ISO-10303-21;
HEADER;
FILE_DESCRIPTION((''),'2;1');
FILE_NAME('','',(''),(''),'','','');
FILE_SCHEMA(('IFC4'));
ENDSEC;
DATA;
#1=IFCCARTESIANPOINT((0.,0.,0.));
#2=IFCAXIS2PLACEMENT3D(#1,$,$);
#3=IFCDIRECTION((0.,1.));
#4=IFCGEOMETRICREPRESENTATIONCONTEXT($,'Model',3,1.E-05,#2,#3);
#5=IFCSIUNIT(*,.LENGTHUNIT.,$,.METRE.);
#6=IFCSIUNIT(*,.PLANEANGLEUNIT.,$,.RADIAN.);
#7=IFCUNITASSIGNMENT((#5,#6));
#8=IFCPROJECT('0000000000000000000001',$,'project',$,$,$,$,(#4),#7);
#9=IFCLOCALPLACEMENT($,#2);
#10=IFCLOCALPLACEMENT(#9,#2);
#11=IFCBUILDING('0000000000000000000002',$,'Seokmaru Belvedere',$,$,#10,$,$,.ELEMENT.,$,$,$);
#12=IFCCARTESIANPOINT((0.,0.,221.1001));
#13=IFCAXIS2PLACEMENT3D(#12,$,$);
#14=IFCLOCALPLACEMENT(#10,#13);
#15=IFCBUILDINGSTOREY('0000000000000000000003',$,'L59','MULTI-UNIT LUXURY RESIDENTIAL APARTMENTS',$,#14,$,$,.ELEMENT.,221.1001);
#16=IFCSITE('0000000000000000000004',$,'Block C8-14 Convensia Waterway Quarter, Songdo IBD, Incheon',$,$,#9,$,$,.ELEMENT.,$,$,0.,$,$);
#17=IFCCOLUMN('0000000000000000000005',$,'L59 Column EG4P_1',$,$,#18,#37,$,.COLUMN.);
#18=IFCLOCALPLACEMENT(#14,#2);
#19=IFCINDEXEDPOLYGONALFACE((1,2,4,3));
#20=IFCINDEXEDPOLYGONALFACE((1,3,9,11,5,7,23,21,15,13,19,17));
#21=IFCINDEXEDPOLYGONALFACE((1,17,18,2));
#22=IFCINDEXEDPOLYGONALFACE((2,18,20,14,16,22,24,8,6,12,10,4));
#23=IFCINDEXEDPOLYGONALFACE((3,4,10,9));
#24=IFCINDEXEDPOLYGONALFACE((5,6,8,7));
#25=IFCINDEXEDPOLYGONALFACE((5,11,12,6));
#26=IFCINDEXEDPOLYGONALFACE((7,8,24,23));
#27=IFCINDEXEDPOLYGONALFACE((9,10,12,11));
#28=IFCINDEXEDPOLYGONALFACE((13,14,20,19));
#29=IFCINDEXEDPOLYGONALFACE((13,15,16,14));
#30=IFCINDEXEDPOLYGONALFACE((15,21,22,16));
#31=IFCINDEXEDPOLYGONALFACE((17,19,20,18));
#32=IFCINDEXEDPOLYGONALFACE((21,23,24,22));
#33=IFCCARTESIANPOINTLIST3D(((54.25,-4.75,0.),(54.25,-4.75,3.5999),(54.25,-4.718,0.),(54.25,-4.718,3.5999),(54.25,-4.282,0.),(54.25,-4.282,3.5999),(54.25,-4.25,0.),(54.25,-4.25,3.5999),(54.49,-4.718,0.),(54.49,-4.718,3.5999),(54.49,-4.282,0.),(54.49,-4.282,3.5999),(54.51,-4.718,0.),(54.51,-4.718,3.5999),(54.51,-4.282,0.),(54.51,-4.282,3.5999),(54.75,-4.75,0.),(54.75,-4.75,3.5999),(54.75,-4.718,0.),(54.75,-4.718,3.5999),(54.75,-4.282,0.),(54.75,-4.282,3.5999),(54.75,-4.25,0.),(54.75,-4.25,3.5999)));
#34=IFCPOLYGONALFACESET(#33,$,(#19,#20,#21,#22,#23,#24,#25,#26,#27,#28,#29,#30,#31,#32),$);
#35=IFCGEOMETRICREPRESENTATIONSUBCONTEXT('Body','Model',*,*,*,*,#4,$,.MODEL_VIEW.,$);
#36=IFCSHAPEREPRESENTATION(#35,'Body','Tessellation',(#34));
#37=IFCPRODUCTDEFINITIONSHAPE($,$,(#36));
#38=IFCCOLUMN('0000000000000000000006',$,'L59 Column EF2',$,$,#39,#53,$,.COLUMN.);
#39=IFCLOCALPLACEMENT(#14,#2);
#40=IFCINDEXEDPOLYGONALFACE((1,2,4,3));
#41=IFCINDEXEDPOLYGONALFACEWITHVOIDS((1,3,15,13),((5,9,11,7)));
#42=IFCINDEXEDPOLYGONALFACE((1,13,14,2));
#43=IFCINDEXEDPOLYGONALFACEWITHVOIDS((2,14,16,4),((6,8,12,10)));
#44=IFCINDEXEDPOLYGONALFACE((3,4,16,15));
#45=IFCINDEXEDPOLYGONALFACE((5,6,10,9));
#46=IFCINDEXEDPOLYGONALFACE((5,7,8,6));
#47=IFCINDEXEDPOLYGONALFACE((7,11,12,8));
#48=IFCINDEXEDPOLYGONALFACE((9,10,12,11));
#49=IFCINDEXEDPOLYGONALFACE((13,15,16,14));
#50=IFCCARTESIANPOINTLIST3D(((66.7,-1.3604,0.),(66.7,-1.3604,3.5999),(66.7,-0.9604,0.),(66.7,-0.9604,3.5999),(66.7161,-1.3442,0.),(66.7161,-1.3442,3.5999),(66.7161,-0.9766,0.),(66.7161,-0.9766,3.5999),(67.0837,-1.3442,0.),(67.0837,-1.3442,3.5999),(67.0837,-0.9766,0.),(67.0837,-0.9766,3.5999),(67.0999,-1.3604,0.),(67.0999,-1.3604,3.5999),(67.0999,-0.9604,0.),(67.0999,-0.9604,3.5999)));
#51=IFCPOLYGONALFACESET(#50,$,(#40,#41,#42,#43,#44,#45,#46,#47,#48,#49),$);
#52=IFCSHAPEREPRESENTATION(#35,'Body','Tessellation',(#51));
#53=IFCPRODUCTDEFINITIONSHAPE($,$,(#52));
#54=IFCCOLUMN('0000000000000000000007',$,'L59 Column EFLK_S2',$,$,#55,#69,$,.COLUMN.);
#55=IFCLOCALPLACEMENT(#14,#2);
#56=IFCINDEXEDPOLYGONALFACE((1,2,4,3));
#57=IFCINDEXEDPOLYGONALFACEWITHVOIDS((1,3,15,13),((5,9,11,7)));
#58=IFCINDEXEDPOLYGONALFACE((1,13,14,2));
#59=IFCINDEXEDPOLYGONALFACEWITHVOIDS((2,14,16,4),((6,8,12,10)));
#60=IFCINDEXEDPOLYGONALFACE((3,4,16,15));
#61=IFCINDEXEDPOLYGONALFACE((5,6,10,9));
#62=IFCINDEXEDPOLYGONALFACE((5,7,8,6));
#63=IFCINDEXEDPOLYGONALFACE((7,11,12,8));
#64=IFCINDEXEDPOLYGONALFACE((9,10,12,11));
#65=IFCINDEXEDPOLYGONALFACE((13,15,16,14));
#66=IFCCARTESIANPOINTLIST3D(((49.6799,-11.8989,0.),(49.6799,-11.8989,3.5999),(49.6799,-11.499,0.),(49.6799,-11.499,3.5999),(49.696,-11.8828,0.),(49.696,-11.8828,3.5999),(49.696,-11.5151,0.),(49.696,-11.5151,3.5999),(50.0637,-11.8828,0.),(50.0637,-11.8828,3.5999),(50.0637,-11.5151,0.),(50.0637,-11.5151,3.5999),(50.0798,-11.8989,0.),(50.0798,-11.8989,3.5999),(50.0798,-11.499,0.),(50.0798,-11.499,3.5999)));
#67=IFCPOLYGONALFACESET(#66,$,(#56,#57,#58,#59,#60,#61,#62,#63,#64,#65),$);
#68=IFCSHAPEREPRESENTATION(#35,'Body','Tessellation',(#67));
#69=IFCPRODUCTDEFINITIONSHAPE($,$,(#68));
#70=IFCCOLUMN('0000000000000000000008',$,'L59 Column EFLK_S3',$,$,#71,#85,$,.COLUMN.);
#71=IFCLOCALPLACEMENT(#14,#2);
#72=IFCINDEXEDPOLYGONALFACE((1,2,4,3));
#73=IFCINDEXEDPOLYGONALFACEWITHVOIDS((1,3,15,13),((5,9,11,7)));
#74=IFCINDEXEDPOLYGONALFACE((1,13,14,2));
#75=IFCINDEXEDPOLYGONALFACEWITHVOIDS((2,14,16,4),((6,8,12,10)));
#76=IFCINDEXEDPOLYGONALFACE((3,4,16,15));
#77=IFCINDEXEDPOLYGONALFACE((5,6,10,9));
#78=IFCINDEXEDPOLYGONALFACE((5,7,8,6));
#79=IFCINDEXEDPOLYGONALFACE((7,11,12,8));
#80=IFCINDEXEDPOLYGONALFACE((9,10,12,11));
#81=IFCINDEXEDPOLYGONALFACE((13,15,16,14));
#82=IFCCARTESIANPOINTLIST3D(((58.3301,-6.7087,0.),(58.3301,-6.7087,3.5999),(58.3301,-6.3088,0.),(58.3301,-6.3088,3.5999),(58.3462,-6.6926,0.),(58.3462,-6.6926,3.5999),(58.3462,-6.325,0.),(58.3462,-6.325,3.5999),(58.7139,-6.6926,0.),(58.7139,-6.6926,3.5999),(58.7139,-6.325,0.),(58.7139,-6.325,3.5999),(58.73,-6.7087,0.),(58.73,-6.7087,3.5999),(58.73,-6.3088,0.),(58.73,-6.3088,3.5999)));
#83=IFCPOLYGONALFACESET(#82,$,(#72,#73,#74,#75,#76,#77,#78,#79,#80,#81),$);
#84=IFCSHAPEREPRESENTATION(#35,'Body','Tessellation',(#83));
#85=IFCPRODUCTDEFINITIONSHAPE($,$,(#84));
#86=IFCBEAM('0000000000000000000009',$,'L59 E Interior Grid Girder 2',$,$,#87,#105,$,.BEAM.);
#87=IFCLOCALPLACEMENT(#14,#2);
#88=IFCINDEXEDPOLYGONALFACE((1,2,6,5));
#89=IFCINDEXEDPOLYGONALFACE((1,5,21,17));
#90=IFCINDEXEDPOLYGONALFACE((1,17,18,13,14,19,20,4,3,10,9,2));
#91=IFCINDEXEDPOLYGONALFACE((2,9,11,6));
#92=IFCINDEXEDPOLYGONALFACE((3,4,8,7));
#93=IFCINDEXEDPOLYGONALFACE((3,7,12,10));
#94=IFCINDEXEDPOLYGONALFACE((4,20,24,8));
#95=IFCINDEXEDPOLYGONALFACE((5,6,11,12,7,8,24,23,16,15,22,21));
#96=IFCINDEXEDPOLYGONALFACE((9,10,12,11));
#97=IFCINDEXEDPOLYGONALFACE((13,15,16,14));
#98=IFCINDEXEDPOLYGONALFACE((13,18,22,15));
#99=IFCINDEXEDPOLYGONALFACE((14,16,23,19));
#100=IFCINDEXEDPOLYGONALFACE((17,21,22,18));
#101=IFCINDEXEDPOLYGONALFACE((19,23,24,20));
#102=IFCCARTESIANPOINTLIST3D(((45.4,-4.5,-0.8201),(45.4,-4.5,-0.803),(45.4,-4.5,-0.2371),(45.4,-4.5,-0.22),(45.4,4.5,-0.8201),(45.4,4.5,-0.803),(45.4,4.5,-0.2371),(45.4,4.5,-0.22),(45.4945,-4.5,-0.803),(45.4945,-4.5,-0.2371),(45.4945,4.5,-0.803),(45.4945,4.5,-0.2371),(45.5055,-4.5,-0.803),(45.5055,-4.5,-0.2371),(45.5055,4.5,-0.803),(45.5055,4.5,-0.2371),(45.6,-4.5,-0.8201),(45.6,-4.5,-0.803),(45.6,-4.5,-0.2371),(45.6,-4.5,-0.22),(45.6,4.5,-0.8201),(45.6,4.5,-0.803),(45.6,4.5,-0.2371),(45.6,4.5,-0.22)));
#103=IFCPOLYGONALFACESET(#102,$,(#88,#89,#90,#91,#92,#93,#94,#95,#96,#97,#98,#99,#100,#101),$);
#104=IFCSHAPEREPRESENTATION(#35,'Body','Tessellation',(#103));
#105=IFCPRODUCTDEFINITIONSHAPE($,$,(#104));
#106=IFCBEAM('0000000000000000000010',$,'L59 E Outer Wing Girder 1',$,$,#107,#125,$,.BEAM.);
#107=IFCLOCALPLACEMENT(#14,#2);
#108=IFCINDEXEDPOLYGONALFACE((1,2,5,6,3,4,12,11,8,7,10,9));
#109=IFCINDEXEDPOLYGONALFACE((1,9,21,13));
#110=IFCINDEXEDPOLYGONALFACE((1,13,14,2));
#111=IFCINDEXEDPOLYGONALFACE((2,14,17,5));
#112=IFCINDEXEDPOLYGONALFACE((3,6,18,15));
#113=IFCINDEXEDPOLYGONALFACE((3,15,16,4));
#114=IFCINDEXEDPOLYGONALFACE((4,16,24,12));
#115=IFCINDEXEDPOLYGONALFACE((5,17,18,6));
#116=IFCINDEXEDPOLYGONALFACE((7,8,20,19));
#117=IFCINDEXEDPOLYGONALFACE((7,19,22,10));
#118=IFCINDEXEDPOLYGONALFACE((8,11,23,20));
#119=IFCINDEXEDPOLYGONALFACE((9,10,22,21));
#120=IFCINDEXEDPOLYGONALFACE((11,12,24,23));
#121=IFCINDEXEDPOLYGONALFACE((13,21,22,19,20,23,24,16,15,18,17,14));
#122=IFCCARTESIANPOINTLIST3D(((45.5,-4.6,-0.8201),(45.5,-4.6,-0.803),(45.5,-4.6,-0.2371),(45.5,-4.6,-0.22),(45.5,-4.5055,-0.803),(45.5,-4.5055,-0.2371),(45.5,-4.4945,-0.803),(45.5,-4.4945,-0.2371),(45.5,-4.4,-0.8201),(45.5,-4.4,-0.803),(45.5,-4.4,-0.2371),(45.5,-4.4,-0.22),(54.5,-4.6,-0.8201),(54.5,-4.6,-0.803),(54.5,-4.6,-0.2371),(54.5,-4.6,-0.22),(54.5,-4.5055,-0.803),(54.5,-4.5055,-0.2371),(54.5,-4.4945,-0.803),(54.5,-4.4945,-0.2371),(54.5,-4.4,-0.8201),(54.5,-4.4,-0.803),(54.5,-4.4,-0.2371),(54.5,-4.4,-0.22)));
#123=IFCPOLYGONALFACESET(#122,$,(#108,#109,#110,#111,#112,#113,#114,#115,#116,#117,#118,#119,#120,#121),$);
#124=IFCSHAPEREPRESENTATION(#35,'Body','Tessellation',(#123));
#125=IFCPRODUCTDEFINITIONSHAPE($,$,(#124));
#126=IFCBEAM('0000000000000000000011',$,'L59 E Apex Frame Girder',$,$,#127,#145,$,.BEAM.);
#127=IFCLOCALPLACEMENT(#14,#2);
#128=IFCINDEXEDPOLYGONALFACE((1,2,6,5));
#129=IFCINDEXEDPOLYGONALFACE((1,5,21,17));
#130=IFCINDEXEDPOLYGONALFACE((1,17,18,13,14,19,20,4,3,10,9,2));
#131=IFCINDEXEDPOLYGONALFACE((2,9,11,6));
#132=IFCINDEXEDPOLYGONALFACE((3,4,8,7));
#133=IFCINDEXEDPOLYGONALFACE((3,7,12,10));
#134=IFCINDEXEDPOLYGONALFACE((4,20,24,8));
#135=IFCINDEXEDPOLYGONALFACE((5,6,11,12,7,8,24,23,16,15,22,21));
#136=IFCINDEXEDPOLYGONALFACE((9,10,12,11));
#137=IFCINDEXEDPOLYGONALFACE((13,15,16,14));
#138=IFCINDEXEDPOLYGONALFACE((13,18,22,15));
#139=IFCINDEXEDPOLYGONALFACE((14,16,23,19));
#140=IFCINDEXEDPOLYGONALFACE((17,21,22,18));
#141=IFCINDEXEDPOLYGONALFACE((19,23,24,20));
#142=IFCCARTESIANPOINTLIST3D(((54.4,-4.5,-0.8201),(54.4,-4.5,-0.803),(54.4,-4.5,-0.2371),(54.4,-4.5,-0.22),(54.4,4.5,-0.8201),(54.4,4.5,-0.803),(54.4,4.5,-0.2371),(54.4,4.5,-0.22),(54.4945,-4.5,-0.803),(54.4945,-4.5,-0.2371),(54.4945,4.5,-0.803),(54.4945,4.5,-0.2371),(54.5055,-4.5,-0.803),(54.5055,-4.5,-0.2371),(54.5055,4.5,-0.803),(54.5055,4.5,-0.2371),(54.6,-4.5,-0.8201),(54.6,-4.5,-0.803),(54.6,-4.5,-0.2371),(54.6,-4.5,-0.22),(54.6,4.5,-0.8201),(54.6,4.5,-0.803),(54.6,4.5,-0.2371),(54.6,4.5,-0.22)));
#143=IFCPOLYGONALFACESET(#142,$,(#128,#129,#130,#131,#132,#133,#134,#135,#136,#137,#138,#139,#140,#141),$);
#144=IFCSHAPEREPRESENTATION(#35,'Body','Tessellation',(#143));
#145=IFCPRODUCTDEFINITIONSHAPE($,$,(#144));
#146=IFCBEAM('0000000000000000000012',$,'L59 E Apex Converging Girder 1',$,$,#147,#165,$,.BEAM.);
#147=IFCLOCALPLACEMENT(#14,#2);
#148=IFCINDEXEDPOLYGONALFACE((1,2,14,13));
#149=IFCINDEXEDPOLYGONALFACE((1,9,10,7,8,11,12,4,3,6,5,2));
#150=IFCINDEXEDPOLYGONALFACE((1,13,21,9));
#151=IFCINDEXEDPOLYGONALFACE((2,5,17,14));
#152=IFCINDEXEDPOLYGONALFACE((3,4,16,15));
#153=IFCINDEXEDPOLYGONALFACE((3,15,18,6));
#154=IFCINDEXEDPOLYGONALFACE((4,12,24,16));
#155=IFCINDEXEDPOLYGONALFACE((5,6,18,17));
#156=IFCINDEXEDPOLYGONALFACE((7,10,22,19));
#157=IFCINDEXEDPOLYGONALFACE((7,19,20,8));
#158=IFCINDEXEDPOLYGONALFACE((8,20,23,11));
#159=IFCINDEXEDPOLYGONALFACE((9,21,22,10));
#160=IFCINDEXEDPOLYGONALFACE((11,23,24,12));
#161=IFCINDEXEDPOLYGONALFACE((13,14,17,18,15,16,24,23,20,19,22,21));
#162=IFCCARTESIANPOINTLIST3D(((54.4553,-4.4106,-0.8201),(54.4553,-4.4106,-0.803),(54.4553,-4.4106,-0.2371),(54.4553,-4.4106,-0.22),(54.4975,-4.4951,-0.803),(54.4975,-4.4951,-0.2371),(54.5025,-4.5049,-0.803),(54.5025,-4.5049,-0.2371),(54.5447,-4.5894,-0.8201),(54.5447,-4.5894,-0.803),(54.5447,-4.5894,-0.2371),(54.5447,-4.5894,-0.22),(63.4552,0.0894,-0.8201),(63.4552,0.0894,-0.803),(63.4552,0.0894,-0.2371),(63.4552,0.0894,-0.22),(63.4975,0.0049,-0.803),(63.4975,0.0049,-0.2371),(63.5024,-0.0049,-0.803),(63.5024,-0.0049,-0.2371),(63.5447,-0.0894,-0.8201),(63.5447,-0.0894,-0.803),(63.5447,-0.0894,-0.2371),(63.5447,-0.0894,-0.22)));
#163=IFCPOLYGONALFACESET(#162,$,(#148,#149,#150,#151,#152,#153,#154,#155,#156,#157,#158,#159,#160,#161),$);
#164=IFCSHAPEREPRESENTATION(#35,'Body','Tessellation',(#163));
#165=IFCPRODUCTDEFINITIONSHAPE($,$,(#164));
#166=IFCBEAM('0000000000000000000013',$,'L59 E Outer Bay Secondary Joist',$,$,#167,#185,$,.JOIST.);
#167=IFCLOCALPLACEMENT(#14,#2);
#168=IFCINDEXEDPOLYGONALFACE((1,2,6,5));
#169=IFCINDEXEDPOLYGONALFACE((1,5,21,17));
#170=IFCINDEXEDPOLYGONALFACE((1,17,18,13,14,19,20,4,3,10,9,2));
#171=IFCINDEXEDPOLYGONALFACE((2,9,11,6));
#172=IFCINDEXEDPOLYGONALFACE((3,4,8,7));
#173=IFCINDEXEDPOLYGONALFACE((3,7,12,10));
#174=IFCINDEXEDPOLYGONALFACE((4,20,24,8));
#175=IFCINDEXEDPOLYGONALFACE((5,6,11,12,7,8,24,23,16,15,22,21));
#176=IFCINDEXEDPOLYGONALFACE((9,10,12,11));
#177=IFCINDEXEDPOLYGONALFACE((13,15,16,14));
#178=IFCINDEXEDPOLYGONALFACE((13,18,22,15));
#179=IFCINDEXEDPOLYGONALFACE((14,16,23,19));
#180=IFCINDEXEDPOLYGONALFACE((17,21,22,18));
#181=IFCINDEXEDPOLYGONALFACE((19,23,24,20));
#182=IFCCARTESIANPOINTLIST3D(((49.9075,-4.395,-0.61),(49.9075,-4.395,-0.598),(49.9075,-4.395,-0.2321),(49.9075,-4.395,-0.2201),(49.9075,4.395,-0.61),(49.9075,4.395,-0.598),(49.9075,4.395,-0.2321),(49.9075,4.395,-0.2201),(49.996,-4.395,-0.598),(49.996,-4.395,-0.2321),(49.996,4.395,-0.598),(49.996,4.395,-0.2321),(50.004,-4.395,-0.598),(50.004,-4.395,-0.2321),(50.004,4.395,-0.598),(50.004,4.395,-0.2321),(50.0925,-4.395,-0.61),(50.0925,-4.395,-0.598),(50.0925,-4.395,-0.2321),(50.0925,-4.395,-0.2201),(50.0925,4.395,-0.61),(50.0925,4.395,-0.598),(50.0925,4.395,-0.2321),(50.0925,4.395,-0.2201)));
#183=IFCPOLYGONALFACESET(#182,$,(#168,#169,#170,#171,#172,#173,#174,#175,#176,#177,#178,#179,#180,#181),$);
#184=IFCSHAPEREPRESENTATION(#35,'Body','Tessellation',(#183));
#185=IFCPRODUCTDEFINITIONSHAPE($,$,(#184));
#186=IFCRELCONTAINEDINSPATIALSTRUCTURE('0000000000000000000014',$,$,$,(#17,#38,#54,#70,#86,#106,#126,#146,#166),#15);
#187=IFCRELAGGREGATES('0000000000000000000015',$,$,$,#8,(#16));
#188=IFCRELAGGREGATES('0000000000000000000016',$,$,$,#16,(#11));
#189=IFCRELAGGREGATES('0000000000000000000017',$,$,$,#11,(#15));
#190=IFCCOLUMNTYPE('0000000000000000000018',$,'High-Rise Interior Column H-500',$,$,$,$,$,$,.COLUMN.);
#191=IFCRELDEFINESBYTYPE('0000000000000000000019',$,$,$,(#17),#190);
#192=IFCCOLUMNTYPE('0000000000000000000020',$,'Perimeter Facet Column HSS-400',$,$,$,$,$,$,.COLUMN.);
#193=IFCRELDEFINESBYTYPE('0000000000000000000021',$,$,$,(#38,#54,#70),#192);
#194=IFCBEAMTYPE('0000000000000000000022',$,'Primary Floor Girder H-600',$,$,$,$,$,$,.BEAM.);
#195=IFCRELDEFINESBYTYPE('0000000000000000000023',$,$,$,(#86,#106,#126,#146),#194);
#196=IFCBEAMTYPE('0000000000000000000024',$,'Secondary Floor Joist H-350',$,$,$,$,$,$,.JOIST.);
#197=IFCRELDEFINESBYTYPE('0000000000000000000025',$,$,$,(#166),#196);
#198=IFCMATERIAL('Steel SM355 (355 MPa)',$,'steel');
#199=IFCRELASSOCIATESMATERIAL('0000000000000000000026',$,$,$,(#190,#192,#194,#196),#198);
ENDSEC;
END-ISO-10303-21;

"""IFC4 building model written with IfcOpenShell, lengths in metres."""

from ifc_helpers import new_model, si_unit, direction, frame, origin, origin_2d, place, context, subcontext, project, spatial, hollow_rectangle, i_section, extrude, source, transform, mapped, material, material_profile, profile_set, type_object, type_shapes, element, save


model = new_model("IFC4")

# Units and contexts
model_context = context("Model", 3, precision=1e-05, world=origin(), true_north=direction((0.0, 1.0)))
body_context = subcontext(model_context, "Body", "Model", "MODEL_VIEW")
ifc_project = project(units=[si_unit("LENGTHUNIT", "METRE"), si_unit("PLANEANGLEUNIT", "RADIAN")], contexts=[model_context])

# Site, building, storey
site_placement = place(None, origin())
site = spatial("IfcSite", under=ifc_project, at=site_placement, Name="Block C8-14 Convensia Waterway Quarter, Songdo IBD, Incheon", CompositionType="ELEMENT", RefElevation=0.0)
building_placement = place(site_placement, origin())
building = spatial("IfcBuilding", under=site, at=building_placement, Name="Seokmaru Belvedere", CompositionType="ELEMENT")
storey_placement = place(building_placement, frame((0.0, 0.0, 221.1001)))
storey = spatial("IfcBuildingStorey", under=building, at=storey_placement, Name="L59", Description="MULTI-UNIT LUXURY RESIDENTIAL APARTMENTS", CompositionType="ELEMENT", Elevation=221.1001)

# Columns
ifc_material_1 = material(Name="Steel SM355 (355 MPa)", Category="steel")
ifc_material_profile_1 = material_profile(ifc_material_1, i_section(OverallWidth=0.5, OverallDepth=0.5, WebThickness=0.02, FlangeThickness=0.032, at=origin_2d()), Name="H-500x500x20x32")
ifc_profile_set_1 = profile_set([ifc_material_profile_1], Name="Steel SM355 (355 MPa)")
column_type_1 = type_object("IfcColumnType", Name="High-Rise Interior Column H-500", PredefinedType="COLUMN", material=ifc_profile_set_1)
shared_shape_1 = source(origin(), body_context, "Body", "SweptSolid", [
    extrude(i_section(OverallWidth=0.5, OverallDepth=0.5, WebThickness=0.02, FlangeThickness=0.032, at=origin_2d()), origin(), (0.0, 0.0, 1.0), 3.5999),
])
type_shapes(column_type_1, [shared_shape_1])
column_placement = place(storey_placement, frame((54.5, -4.5, 0.0), z_axis=(0.0, 0.0, 1.0), x_axis=(1.0, 0.0, 0.0)))
element("IfcColumn", 1, at=column_placement, inside=storey, type_object=column_type_1, Name="L59 Column EG4P_1", PredefinedType="COLUMN", context=body_context, shape_type="MappedRepresentation", body=[
    mapped(shared_shape_1, transform((0.0, 0.0, 0.0), scale=1.0)),
])
ifc_material_profile_2 = material_profile(ifc_material_1, hollow_rectangle(XDim=0.3999, YDim=0.3999, WallThickness=0.0161, at=origin_2d()), Name="HSS-400x400x16")
ifc_profile_set_2 = profile_set([ifc_material_profile_2], Name="Steel SM355 (355 MPa)")
column_type_2 = type_object("IfcColumnType", Name="Perimeter Facet Column HSS-400", PredefinedType="COLUMN", material=ifc_profile_set_2)
shared_shape_2 = source(origin(), body_context, "Body", "SweptSolid", [
    extrude(hollow_rectangle(XDim=0.3999, YDim=0.3999, WallThickness=0.0161, at=origin_2d()), origin(), (0.0, 0.0, 1.0), 3.5999),
])
type_shapes(column_type_2, [shared_shape_2])
for number, where, z_axis, x_axis, name in (
    (2, (66.8999, -1.1604, 0.0), (0.0, 0.0, 1.0), (1.0, 0.0, 0.0), "L59 Column EF2"),
    (3, (49.8799, -11.699, 0.0), (0.0, 0.0, 1.0), (1.0, 0.0, 0.0), "L59 Column EFLK_S2"),
    (4, (58.53, -6.5088, 0.0), (0.0, 0.0, 1.0), (1.0, 0.0, 0.0), "L59 Column EFLK_S3"),
):
    element("IfcColumn", number, at=place(storey_placement, frame(where, z_axis=z_axis, x_axis=x_axis)), inside=storey, type_object=column_type_2, Name=name, PredefinedType="COLUMN", context=body_context, shape_type="MappedRepresentation", body=[
        mapped(shared_shape_2, transform((0.0, 0.0, 0.0), scale=1.0)),
    ])

# Beams
ifc_material_profile_3 = material_profile(ifc_material_1, i_section(OverallWidth=0.2, OverallDepth=0.6001, WebThickness=0.011, FlangeThickness=0.0171, at=origin_2d()), Name="H-600x200x11x17")
ifc_profile_set_3 = profile_set([ifc_material_profile_3], Name="Steel SM355 (355 MPa)")
beam_type_1 = type_object("IfcBeamType", Name="Primary Floor Girder H-600", PredefinedType="BEAM", material=ifc_profile_set_3)
shared_shape_3 = source(origin(), body_context, "Body", "SweptSolid", [
    extrude(i_section(OverallWidth=0.2, OverallDepth=0.6001, WebThickness=0.011, FlangeThickness=0.0171, at=origin_2d()), origin(), (0.0, 0.0, 1.0), 9.0),
])
for number, where, z_axis, x_axis, name in (
    (5, (45.5, -4.5, -0.52), (0.0, 1.0, 0.0), (-1.0, 0.0, 0.0), "L59 E Interior Grid Girder 2"),
    (6, (45.5, -4.5, -0.52), (1.0, 0.0, 0.0), (0.0, 1.0, 0.0), "L59 E Outer Wing Girder 1"),
    (7, (54.5, -4.5, -0.52), (0.0, 1.0, 0.0), (-1.0, 0.0, 0.0), "L59 E Apex Frame Girder"),
):
    element("IfcBeam", number, at=place(storey_placement, frame(where, z_axis=z_axis, x_axis=x_axis)), inside=storey, type_object=beam_type_1, Name=name, PredefinedType="BEAM", context=body_context, shape_type="MappedRepresentation", body=[
        mapped(shared_shape_3, transform((0.0, 0.0, 0.0), scale=1.0)),
    ])
shared_shape_4 = source(origin(), body_context, "Body", "SweptSolid", [
    extrude(i_section(OverallWidth=0.2, OverallDepth=0.6001, WebThickness=0.011, FlangeThickness=0.0171, at=origin_2d()), origin(), (0.0, 0.0, 1.0), 10.0623),
])
beam_1_placement = place(storey_placement, frame((54.5, -4.5, -0.52), z_axis=(0.894427, 0.447214, 0.0), x_axis=(-0.447214, 0.894427, 0.0)))
element("IfcBeam", 8, at=beam_1_placement, inside=storey, type_object=beam_type_1, Name="L59 E Apex Converging Girder 1", PredefinedType="BEAM", context=body_context, shape_type="MappedRepresentation", body=[
    mapped(shared_shape_4, transform((0.0, 0.0, 0.0), scale=1.0)),
])
ifc_material_profile_4 = material_profile(ifc_material_1, i_section(OverallWidth=0.1851, OverallDepth=0.3899, WebThickness=0.0081, FlangeThickness=0.012, at=origin_2d()), Name="H-390x185x8x12")
ifc_profile_set_4 = profile_set([ifc_material_profile_4], Name="Steel SM355 (355 MPa)")
beam_type_2 = type_object("IfcBeamType", Name="Secondary Floor Joist H-350", PredefinedType="JOIST", material=ifc_profile_set_4)
shared_shape_5 = source(origin(), body_context, "Body", "SweptSolid", [
    extrude(i_section(OverallWidth=0.1851, OverallDepth=0.3899, WebThickness=0.0081, FlangeThickness=0.012, at=origin_2d()), origin(), (0.0, 0.0, 1.0), 8.79),
])
type_shapes(beam_type_2, [shared_shape_5])
beam_2_placement = place(storey_placement, frame((50.0, -4.395, -0.415), z_axis=(0.0, 1.0, 0.0), x_axis=(-1.0, 0.0, 0.0)))
element("IfcBeam", 9, at=beam_2_placement, inside=storey, type_object=beam_type_2, Name="L59 E Outer Bay Secondary Joist", PredefinedType="JOIST", context=body_context, shape_type="MappedRepresentation", body=[
    mapped(shared_shape_5, transform((0.0, 0.0, 0.0), scale=1.0)),
])

save(model, "model.ifc")
